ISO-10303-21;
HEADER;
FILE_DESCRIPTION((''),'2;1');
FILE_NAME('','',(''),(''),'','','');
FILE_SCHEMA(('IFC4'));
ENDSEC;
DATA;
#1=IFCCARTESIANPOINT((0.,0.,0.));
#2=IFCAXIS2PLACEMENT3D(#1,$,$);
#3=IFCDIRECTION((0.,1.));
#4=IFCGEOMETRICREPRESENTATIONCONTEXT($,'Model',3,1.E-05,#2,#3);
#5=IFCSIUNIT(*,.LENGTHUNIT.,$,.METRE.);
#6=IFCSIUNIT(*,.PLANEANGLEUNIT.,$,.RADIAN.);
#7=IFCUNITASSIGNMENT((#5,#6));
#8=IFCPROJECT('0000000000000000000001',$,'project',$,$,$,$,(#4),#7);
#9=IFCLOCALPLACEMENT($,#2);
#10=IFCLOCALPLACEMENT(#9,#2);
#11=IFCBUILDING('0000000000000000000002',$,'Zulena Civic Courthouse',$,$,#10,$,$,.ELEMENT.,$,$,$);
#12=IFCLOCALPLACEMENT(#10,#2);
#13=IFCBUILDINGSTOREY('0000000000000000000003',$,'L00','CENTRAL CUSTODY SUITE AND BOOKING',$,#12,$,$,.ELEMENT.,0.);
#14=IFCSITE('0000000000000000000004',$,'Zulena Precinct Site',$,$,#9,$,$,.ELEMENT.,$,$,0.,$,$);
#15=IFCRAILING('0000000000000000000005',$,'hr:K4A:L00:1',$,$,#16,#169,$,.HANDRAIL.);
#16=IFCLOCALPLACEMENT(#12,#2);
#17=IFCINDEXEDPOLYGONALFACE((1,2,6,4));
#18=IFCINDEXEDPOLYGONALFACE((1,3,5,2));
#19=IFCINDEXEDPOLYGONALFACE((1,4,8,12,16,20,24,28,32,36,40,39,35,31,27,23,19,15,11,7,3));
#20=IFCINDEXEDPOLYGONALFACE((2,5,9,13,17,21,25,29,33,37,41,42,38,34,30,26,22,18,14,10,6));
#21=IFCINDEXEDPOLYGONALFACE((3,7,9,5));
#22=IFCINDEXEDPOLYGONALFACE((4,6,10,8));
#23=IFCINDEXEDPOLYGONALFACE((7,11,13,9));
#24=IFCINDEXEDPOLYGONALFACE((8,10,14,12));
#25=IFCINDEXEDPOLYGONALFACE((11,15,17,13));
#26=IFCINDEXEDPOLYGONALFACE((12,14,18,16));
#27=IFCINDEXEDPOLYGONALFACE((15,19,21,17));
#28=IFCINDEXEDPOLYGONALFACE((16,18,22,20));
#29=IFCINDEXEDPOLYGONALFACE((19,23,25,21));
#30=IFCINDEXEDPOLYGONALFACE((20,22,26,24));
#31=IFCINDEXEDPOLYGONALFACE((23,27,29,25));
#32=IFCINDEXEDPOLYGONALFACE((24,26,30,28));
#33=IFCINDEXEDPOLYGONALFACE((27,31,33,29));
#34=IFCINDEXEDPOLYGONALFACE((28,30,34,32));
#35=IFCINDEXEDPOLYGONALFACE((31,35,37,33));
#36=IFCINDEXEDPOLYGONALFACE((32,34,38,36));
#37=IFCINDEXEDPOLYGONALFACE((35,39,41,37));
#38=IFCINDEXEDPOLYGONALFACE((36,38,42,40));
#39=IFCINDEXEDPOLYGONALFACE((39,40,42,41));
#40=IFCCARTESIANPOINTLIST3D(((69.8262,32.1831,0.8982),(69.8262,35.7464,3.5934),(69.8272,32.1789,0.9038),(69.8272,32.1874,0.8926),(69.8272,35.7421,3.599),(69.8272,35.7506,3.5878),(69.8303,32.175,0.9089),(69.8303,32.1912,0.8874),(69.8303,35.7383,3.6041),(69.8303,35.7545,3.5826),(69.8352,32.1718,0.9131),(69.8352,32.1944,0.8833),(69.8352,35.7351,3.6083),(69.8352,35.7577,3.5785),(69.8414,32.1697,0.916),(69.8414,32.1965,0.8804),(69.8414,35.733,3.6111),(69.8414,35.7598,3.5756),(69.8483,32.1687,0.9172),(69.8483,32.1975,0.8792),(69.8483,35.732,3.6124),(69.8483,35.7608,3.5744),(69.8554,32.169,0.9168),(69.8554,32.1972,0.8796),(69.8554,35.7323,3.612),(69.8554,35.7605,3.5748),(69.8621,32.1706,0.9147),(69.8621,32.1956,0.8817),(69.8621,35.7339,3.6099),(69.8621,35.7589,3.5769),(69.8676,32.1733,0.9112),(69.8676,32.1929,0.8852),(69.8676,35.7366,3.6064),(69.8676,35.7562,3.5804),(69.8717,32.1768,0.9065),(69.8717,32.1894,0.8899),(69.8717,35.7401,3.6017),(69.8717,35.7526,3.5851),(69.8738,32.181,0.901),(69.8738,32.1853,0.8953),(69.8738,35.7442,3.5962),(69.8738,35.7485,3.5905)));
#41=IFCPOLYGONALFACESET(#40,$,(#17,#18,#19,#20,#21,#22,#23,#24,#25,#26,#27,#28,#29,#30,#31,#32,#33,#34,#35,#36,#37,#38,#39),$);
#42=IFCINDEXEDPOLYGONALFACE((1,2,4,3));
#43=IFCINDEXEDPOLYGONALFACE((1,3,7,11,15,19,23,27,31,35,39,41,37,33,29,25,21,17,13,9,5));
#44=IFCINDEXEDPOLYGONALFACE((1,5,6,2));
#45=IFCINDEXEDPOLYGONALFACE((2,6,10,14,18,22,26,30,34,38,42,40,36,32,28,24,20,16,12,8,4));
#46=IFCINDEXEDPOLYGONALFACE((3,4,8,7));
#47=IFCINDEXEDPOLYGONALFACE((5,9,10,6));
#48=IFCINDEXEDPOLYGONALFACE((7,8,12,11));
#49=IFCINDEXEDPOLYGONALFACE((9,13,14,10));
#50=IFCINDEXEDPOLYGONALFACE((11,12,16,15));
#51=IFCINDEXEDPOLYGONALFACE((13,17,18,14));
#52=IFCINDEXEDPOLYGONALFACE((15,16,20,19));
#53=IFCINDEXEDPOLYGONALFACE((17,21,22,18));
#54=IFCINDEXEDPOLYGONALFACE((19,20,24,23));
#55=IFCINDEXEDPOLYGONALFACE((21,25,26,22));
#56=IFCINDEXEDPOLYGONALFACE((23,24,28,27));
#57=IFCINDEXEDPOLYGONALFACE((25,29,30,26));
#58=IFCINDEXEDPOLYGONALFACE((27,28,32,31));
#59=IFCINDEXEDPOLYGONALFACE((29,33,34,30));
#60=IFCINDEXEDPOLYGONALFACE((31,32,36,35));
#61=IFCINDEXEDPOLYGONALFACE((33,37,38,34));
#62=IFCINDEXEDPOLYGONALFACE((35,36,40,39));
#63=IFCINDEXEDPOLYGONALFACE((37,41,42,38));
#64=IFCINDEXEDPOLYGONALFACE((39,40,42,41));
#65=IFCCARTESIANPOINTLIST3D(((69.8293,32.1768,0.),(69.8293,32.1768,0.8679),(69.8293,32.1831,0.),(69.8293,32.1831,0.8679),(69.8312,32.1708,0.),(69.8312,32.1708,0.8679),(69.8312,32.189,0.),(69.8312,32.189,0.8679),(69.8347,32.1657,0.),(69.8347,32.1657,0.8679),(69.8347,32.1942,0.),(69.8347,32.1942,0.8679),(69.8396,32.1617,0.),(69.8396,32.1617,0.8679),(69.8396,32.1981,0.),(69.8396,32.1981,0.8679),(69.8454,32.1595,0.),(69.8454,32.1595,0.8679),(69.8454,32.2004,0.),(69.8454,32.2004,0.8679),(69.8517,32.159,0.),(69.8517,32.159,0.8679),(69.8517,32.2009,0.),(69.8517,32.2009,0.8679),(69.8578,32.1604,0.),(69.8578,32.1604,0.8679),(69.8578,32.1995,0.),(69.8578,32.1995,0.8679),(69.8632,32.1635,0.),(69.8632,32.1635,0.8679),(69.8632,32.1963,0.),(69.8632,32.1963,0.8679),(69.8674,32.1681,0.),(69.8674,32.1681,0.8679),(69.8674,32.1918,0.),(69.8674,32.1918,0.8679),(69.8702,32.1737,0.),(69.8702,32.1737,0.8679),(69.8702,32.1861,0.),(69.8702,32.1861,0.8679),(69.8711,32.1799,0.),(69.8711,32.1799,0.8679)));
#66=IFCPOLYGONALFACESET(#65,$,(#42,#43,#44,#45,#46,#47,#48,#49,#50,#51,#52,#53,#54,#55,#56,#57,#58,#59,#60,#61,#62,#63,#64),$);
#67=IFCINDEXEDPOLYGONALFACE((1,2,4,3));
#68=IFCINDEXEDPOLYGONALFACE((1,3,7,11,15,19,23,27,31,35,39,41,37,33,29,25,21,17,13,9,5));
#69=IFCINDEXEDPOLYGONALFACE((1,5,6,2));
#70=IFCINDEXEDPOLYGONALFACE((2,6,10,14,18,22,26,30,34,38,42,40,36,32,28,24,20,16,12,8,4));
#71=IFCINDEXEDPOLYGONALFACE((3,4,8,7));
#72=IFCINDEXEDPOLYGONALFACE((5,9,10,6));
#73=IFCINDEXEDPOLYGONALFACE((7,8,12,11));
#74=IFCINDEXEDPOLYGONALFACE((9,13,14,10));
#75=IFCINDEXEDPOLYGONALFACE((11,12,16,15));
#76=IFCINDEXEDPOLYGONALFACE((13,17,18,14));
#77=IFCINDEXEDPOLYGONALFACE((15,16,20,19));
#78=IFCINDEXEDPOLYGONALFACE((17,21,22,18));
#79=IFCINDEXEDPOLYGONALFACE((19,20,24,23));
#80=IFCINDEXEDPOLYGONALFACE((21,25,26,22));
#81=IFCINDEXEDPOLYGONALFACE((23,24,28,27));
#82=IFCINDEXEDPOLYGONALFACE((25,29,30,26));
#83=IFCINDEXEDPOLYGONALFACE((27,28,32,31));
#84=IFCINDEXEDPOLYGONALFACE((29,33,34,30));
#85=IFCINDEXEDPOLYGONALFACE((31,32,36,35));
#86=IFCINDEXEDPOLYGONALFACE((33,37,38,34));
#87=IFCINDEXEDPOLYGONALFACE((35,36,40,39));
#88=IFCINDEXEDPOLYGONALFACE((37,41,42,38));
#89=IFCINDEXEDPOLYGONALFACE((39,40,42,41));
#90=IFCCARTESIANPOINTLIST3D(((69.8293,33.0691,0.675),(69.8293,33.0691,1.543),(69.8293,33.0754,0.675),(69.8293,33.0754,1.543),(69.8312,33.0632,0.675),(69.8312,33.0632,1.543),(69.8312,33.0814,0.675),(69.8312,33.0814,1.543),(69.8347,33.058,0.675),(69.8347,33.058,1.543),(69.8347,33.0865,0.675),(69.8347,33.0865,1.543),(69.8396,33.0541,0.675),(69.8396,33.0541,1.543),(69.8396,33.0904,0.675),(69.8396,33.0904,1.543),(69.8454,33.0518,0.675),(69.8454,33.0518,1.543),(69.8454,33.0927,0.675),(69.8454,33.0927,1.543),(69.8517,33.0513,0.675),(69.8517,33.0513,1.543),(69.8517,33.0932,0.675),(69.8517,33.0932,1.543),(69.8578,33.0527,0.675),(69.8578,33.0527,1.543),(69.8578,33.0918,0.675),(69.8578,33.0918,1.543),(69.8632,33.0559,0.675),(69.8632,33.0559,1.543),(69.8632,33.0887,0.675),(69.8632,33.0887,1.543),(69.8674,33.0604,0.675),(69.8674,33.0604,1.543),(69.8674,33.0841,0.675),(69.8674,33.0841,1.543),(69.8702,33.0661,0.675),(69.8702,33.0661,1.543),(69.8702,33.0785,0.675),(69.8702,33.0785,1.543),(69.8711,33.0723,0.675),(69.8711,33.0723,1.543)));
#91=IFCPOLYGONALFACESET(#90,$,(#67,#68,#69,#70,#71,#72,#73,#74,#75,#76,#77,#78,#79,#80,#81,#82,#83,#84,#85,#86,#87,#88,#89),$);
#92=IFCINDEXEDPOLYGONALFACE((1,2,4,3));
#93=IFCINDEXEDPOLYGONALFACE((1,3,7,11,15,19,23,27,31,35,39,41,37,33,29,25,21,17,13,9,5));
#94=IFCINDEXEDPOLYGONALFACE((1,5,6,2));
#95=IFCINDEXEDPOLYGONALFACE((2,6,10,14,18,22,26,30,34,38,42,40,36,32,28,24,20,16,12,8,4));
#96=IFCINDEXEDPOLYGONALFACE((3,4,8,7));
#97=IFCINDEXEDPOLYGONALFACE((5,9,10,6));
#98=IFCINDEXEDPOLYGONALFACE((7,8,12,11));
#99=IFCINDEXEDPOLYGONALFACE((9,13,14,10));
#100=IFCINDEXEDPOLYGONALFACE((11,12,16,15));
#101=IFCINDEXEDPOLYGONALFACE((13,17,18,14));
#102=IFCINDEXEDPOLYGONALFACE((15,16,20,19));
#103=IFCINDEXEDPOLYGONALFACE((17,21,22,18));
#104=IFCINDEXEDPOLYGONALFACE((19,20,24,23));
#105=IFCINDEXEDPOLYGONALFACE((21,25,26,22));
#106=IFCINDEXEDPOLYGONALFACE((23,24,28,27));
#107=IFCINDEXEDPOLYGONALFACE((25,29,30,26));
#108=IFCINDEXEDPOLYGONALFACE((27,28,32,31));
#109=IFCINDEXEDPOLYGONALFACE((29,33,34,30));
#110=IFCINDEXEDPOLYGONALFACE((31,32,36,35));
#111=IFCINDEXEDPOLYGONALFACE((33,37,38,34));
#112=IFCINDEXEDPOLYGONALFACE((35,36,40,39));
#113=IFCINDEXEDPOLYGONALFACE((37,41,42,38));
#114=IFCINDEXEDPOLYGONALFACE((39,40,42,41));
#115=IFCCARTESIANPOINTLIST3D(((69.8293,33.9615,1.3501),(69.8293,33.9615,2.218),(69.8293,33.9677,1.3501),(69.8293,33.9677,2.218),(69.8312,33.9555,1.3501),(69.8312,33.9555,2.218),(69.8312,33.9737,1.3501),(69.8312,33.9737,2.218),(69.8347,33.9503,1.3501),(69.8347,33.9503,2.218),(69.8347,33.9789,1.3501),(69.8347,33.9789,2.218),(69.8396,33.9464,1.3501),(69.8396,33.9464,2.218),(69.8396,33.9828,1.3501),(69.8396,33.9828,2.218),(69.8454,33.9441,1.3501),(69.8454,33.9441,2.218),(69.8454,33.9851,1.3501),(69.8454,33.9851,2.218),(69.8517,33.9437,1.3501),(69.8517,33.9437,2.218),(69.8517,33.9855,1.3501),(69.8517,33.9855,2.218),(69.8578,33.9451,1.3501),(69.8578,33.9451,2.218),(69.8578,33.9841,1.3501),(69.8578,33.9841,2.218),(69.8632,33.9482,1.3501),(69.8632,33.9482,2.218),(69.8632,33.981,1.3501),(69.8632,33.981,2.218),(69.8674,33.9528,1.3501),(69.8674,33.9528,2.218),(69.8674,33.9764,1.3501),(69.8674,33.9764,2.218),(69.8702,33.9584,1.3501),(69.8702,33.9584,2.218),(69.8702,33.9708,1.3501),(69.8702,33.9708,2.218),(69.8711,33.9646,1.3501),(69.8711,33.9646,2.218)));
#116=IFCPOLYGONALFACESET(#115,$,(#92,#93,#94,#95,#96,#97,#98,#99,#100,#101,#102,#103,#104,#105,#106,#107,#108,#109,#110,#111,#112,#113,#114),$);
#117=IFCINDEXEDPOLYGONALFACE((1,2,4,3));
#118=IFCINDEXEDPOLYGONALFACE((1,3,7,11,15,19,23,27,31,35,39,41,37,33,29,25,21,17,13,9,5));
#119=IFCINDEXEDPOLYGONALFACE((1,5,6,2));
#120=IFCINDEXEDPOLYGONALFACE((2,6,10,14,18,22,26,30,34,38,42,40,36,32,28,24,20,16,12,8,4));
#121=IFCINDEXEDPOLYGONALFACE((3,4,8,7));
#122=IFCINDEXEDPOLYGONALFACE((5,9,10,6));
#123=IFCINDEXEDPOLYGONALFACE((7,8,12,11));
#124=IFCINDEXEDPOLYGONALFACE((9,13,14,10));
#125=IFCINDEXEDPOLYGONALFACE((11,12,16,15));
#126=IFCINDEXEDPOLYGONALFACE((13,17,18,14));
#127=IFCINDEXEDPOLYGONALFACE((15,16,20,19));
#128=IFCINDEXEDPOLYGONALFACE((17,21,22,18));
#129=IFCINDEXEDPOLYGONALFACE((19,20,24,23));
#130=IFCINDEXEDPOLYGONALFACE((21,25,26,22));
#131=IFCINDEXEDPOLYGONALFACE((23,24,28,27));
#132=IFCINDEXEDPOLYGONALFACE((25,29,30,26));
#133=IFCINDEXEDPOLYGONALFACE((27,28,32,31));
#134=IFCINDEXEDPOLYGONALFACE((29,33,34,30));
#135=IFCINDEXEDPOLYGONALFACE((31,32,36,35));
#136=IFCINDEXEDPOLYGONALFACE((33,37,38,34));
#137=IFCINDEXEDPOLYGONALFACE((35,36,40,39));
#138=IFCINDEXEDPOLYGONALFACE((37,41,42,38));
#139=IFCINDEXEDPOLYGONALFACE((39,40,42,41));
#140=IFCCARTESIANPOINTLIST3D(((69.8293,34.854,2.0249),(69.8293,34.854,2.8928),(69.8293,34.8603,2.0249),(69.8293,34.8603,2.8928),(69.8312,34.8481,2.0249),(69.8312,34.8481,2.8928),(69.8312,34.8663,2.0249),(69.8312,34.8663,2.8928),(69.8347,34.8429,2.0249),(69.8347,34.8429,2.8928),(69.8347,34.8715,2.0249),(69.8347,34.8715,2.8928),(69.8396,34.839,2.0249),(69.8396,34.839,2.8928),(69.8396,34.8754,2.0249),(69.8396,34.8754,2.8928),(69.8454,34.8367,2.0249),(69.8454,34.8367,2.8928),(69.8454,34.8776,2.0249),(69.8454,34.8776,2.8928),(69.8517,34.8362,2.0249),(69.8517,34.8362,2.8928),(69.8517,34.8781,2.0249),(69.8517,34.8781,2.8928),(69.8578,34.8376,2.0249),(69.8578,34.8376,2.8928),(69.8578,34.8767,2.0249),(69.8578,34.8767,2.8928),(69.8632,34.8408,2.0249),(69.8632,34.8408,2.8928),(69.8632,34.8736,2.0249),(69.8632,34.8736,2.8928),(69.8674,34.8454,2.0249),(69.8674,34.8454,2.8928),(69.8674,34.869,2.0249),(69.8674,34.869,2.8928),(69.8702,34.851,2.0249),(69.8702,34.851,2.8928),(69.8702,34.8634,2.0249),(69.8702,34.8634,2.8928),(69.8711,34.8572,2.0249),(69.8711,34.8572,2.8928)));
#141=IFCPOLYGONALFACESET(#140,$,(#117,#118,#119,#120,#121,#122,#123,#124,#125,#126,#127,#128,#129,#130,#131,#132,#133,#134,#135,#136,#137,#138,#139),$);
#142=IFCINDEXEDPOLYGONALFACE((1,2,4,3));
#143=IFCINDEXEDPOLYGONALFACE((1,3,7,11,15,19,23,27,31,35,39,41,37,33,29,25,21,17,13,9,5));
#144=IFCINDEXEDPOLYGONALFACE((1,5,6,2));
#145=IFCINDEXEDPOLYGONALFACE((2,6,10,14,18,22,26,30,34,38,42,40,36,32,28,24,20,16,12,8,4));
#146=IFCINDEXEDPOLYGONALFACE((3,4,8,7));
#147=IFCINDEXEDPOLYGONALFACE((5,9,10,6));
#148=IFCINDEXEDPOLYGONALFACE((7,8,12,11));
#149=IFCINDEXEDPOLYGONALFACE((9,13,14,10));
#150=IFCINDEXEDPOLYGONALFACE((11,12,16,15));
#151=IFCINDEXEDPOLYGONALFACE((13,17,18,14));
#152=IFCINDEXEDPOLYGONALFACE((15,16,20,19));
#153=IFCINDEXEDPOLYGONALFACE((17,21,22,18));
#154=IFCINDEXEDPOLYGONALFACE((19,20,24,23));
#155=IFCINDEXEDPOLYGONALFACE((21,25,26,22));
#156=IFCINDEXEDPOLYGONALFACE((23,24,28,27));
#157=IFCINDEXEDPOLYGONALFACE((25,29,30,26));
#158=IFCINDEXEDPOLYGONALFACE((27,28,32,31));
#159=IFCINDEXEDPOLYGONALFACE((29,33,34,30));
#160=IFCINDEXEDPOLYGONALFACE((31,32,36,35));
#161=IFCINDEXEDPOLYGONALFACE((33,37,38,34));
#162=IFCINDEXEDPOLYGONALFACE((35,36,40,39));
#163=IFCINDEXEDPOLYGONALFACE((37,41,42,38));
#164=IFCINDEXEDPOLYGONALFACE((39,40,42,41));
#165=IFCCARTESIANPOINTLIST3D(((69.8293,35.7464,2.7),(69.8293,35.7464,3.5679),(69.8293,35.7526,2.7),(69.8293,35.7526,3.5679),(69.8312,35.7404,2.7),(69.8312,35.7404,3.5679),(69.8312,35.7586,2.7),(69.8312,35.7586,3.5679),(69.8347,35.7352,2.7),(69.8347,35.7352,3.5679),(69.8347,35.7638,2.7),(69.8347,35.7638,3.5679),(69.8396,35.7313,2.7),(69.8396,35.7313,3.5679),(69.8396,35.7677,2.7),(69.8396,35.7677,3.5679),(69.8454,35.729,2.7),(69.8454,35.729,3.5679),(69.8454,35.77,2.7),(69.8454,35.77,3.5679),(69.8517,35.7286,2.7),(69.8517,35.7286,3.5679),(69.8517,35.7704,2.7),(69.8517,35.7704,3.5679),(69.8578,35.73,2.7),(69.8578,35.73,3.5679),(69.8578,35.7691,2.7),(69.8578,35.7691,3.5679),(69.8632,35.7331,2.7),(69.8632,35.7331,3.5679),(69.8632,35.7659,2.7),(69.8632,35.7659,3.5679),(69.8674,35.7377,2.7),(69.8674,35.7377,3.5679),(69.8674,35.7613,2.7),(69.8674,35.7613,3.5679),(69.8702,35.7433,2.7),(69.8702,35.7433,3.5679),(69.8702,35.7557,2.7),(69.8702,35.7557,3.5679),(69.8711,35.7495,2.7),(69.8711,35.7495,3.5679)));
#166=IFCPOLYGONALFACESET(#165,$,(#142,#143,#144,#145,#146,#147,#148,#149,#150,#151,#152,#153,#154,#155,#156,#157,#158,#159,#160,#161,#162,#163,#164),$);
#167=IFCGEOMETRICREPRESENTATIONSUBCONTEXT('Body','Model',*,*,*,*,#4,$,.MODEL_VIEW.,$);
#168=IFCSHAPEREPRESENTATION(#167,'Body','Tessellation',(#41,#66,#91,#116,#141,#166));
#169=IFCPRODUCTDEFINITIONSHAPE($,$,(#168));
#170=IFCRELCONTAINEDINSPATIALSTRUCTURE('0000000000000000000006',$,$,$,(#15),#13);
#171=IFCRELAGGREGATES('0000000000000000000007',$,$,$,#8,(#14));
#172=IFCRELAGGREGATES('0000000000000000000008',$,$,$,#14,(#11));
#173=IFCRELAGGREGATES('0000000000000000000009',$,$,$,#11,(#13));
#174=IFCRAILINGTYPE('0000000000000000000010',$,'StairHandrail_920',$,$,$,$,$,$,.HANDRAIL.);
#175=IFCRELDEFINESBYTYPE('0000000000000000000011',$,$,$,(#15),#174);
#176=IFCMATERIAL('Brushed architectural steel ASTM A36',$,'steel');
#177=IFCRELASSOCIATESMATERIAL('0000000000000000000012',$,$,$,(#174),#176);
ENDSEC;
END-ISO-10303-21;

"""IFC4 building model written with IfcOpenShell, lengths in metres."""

from ifc_helpers import new_model, si_unit, direction, frame, origin, origin_2d, place, context, subcontext, project, spatial, circle, extrude, material, type_object, element, save


model = new_model("IFC4")

# Units and contexts
model_context = context("Model", 3, precision=1e-05, world=origin(), true_north=direction((0.0, 1.0)))
body_context = subcontext(model_context, "Body", "Model", "MODEL_VIEW")
ifc_project = project(units=[si_unit("LENGTHUNIT", "METRE"), si_unit("PLANEANGLEUNIT", "RADIAN")], contexts=[model_context])

# Site, building, storey
site_placement = place(None, origin())
site = spatial("IfcSite", under=ifc_project, at=site_placement, Name="Zulena Precinct Site", CompositionType="ELEMENT", RefElevation=0.0)
building_placement = place(site_placement, origin())
building = spatial("IfcBuilding", under=site, at=building_placement, Name="Zulena Civic Courthouse", CompositionType="ELEMENT")
storey_placement = place(building_placement, origin())
storey = spatial("IfcBuildingStorey", under=building, at=storey_placement, Name="L00", Description="CENTRAL CUSTODY SUITE AND BOOKING", CompositionType="ELEMENT", Elevation=0.0)

# Railing
ifc_material_1 = material(Name="Brushed architectural steel ASTM A36", Category="steel")
railing_type_1 = type_object("IfcRailingType", Name="StairHandrail_920", PredefinedType="HANDRAIL", material=ifc_material_1)
railing_1_placement = place(storey_placement, frame((69.8501, 32.1799, 0.0)))
element("IfcRailing", 1, at=railing_1_placement, inside=storey, type_object=railing_type_1, Name="hr:K4A:L00:1", PredefinedType="HANDRAIL", context=body_context, shape_type="SweptSolid", body=[
    extrude(circle(Radius=0.0239, at=origin_2d()), frame((0.0, 0.0032, 0.8982), z_axis=(0.0, 0.797552, 0.60325), x_axis=(-1.0, 0.0, 0.0)), (0.0, 0.0, 1.0), 4.4678),
    extrude(circle(Radius=0.021, at=origin_2d()), origin(), (0.0, 0.0, 1.0), 0.8679),
    extrude(circle(Radius=0.021, at=origin_2d()), frame((0.0, 0.8923, 0.675)), (0.0, 0.0, 1.0), 0.8679),
    extrude(circle(Radius=0.021, at=origin_2d()), frame((0.0, 1.7847, 1.3501)), (0.0, 0.0, 1.0), 0.8679),
    extrude(circle(Radius=0.021, at=origin_2d()), frame((0.0, 2.6772, 2.0249)), (0.0, 0.0, 1.0), 0.8679),
    extrude(circle(Radius=0.021, at=origin_2d()), frame((0.0, 3.5696, 2.7)), (0.0, 0.0, 1.0), 0.8679),
])

save(model, "model.ifc")
